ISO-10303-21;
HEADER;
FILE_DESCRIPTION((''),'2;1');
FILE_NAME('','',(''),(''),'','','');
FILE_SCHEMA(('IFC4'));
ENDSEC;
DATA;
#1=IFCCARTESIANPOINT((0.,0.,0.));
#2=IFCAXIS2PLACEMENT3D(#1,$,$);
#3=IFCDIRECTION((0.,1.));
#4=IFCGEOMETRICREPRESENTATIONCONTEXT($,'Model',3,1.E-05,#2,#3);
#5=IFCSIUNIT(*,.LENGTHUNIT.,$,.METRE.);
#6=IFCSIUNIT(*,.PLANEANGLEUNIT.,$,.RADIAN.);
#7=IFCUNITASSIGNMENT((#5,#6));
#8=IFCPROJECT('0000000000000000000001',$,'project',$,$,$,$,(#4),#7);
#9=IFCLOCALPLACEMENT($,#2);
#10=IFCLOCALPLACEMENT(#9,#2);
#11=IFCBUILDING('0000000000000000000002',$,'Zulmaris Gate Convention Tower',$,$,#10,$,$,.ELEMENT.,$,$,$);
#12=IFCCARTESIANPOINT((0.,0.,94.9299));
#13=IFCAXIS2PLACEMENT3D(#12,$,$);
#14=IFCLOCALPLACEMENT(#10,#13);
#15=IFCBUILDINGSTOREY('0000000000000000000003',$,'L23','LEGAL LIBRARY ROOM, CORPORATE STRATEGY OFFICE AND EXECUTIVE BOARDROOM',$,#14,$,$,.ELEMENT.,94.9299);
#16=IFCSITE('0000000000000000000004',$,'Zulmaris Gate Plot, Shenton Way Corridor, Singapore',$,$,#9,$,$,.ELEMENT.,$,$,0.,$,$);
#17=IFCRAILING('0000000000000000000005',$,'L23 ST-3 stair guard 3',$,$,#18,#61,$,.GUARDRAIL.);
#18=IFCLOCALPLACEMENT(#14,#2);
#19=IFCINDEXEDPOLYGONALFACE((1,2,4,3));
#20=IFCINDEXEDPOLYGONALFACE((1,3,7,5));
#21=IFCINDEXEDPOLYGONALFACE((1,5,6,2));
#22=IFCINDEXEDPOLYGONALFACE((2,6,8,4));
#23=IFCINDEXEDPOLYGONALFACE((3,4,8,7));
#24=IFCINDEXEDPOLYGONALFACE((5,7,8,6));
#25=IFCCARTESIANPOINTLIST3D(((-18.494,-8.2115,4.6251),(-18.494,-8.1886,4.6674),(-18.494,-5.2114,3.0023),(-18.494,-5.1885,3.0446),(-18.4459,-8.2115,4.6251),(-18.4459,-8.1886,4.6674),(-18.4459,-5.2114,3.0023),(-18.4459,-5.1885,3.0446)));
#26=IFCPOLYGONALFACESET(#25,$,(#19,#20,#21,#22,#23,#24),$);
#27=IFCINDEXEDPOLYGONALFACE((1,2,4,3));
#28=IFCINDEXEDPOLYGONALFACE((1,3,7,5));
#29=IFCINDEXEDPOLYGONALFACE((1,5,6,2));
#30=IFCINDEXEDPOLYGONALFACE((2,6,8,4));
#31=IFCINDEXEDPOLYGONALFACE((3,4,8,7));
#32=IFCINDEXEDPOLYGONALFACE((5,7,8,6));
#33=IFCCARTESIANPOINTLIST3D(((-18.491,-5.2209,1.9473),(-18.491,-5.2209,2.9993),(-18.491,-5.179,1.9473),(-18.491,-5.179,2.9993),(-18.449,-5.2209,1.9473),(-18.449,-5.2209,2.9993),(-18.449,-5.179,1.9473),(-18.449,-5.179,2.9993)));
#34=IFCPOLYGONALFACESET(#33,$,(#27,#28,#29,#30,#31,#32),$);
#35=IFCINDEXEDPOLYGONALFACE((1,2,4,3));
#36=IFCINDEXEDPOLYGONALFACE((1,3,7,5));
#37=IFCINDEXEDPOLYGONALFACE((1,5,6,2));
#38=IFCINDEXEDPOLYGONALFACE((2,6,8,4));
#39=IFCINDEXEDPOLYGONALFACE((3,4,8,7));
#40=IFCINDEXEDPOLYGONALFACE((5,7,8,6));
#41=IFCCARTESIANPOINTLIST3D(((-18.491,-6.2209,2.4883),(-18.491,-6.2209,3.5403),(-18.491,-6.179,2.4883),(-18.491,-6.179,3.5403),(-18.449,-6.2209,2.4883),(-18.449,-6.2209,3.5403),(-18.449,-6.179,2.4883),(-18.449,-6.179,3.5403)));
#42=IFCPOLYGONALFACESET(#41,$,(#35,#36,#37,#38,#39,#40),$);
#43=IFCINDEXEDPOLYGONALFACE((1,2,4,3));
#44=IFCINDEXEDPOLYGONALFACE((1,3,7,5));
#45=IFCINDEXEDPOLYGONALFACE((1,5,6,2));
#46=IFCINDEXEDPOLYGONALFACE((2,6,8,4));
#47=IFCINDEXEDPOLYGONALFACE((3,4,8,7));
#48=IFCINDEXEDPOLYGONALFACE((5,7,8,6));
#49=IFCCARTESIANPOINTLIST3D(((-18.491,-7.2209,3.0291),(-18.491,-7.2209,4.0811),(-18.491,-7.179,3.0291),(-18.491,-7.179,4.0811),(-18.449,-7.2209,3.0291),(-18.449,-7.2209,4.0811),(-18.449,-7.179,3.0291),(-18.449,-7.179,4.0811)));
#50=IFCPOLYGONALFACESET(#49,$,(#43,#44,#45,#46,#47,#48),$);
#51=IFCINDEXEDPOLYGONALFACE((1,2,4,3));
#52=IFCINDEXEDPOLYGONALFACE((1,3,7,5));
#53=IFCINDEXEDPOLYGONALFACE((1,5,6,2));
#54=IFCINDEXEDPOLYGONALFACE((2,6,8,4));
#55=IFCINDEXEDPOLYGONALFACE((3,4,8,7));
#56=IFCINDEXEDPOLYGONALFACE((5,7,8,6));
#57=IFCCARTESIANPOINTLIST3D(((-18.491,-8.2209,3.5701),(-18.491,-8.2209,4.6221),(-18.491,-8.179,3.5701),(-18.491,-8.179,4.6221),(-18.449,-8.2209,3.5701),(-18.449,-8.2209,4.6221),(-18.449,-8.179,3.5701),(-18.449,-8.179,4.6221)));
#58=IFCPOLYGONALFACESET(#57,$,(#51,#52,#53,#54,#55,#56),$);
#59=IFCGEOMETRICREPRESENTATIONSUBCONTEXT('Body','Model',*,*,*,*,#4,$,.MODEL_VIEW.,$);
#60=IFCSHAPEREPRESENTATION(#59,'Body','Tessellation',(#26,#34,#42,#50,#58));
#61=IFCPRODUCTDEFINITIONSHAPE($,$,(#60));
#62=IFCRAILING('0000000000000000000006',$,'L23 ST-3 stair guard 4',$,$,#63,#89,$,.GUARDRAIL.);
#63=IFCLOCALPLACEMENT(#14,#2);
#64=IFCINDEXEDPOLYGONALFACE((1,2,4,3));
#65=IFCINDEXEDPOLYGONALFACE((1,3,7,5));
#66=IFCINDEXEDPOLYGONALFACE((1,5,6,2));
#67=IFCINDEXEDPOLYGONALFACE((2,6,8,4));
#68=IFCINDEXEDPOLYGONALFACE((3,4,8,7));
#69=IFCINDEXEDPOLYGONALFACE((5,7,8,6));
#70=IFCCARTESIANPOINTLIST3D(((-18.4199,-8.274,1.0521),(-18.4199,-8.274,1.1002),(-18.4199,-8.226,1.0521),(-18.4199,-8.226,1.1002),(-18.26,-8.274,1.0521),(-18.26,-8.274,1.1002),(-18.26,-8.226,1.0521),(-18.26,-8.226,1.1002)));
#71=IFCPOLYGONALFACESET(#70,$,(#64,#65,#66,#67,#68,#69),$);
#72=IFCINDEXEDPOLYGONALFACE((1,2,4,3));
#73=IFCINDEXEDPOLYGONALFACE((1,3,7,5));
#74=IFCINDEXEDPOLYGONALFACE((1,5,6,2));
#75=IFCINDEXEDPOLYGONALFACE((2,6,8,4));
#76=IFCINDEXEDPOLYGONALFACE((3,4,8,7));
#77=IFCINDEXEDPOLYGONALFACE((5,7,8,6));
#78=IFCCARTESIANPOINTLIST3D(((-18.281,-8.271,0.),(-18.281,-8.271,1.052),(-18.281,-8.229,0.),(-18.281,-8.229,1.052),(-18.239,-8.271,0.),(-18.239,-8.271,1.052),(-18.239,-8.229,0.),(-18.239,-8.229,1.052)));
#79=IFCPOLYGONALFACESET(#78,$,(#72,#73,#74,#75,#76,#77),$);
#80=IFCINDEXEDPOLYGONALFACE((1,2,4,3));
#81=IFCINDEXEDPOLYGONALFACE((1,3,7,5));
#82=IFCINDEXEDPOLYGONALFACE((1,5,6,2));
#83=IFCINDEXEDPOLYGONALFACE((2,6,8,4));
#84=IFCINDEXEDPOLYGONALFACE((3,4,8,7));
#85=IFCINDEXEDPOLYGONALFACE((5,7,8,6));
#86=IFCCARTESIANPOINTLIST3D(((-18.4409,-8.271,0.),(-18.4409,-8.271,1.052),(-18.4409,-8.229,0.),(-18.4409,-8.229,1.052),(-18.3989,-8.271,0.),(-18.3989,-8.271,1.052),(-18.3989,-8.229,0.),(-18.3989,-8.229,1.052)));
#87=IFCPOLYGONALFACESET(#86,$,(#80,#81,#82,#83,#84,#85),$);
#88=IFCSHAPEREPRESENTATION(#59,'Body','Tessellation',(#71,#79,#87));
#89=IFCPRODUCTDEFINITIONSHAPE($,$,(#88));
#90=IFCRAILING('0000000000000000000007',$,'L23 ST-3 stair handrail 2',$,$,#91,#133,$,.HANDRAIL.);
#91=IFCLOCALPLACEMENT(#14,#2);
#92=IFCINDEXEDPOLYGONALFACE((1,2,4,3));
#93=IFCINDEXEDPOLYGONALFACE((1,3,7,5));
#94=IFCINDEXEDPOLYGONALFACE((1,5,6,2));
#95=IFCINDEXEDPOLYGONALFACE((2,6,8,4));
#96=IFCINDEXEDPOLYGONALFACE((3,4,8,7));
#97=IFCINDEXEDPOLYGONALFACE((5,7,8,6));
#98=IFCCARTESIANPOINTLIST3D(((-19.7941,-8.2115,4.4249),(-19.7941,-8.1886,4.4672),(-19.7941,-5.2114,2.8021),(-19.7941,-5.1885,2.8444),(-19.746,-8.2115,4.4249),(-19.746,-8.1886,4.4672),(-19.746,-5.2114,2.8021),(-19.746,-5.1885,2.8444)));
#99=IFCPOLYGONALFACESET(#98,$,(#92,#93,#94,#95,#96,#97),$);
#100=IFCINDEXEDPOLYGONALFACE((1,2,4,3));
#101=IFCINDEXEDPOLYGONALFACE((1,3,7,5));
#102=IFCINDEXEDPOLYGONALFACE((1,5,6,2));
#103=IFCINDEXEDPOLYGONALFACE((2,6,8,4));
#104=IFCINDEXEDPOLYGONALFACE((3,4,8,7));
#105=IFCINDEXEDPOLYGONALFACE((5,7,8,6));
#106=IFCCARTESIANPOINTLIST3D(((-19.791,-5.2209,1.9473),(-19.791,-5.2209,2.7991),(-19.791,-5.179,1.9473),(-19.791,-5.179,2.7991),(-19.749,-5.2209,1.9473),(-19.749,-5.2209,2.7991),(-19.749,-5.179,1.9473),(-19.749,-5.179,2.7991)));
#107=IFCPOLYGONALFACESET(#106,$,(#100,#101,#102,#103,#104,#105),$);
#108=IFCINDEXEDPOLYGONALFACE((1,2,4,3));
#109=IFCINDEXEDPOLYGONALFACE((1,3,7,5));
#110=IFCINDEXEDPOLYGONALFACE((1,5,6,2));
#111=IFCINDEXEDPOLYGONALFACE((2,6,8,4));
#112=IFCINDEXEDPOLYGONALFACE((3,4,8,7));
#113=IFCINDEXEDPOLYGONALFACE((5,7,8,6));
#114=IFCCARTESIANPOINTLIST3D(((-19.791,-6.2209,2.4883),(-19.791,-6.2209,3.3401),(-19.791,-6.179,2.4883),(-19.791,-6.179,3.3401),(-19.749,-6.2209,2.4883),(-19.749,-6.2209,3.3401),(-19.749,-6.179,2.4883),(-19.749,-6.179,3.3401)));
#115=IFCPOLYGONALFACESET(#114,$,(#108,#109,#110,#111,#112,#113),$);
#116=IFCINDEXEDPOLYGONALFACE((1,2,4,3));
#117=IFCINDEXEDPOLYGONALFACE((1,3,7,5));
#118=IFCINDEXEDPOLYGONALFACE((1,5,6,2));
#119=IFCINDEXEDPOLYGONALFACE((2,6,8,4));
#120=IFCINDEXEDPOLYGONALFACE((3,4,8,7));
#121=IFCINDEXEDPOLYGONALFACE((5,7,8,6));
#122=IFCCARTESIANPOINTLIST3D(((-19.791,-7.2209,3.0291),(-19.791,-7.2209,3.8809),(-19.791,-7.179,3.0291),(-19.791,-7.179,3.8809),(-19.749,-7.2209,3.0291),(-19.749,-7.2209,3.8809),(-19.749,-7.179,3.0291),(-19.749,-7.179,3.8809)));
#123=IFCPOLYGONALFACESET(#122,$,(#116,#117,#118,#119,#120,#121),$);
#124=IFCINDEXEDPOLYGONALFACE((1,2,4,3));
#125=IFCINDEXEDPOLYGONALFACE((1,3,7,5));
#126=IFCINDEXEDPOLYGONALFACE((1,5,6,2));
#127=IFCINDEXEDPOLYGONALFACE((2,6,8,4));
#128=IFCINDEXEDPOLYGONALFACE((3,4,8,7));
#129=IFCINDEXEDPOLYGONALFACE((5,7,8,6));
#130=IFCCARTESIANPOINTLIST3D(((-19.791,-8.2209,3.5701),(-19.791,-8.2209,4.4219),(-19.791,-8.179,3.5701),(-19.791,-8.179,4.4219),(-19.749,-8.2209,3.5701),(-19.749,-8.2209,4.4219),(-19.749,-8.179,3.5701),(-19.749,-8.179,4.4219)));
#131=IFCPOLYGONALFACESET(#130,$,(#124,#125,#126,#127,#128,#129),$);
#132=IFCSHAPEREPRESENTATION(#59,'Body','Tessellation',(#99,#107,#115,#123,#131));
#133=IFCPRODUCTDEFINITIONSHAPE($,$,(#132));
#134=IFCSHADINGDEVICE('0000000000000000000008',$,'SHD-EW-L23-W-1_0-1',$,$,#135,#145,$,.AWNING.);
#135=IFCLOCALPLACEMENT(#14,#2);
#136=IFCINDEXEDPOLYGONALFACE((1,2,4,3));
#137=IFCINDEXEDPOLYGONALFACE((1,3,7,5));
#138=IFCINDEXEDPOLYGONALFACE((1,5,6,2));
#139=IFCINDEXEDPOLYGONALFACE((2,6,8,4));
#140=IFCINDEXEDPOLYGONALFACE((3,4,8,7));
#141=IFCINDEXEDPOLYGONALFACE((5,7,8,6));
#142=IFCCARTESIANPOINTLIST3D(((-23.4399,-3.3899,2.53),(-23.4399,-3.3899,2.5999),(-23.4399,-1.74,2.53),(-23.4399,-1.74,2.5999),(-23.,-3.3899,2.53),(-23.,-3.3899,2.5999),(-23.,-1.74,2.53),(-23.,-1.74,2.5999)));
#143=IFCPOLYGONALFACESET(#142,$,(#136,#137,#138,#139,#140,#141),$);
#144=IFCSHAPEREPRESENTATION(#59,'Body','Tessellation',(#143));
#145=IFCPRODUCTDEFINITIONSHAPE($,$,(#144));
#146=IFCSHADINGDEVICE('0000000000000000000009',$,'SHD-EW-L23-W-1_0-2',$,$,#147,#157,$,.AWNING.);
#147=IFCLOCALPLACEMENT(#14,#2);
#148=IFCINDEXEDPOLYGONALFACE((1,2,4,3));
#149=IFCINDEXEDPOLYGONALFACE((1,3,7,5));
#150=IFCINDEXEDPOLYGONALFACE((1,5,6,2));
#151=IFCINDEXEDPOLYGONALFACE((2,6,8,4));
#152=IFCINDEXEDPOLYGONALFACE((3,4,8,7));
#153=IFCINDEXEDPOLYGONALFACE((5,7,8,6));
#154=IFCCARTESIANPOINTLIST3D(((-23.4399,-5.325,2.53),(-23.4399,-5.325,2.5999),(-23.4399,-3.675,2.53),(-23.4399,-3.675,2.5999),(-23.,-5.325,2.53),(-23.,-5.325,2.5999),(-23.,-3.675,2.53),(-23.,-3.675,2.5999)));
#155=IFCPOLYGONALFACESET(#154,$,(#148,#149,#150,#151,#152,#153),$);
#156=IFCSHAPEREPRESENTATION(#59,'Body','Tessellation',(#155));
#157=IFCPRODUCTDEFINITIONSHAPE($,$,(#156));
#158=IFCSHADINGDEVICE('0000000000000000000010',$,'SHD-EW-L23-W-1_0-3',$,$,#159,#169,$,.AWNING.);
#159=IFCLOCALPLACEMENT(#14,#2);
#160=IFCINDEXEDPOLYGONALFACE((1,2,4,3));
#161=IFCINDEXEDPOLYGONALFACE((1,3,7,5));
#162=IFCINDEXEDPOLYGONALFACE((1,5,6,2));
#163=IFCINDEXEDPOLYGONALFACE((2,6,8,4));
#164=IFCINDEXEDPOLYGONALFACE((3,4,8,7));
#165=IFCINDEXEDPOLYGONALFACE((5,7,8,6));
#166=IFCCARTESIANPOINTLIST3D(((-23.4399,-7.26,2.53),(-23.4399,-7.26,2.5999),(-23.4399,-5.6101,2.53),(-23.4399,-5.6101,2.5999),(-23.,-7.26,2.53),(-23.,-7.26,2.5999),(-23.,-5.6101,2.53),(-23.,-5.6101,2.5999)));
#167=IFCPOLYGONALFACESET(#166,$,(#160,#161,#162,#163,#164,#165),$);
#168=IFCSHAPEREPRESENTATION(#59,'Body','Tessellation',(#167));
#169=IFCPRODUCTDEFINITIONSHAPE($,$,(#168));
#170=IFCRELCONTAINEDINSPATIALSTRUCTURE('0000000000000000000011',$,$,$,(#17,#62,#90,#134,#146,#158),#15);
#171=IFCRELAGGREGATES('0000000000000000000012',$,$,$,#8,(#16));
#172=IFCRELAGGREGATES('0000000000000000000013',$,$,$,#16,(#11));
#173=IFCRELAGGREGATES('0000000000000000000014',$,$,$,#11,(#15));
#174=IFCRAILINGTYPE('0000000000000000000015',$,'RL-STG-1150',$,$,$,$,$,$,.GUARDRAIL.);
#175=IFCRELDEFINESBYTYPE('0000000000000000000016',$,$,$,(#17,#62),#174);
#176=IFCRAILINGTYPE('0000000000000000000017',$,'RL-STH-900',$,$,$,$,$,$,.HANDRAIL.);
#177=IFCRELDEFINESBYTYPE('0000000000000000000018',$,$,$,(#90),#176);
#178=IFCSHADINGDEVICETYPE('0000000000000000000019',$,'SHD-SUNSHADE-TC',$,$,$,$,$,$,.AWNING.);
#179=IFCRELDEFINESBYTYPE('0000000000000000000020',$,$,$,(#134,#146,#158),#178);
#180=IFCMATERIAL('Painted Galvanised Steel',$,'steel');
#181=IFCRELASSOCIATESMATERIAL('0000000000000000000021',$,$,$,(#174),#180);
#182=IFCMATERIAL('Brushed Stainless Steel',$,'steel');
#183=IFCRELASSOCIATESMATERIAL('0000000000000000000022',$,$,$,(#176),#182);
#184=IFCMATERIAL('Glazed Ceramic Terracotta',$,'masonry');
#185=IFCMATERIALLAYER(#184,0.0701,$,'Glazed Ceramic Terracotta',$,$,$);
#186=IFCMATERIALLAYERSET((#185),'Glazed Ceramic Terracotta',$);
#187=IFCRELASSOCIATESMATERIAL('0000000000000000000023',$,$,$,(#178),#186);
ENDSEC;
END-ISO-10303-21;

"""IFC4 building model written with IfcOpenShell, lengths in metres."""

from ifc_helpers import new_model, si_unit, direction, frame, frame_2d, origin, origin_2d, place, context, subcontext, project, spatial, rectangle, extrude, material, layer, layer_set, type_object, element, save


model = new_model("IFC4")

# Units and contexts
model_context = context("Model", 3, precision=1e-05, world=origin(), true_north=direction((0.0, 1.0)))
body_context = subcontext(model_context, "Body", "Model", "MODEL_VIEW")
ifc_project = project(units=[si_unit("LENGTHUNIT", "METRE"), si_unit("PLANEANGLEUNIT", "RADIAN")], contexts=[model_context])

# Site, building, storey
site_placement = place(None, origin())
site = spatial("IfcSite", under=ifc_project, at=site_placement, Name="Zulmaris Gate Plot, Shenton Way Corridor, Singapore", CompositionType="ELEMENT", RefElevation=0.0)
building_placement = place(site_placement, origin())
building = spatial("IfcBuilding", under=site, at=building_placement, Name="Zulmaris Gate Convention Tower", CompositionType="ELEMENT")
storey_placement = place(building_placement, frame((0.0, 0.0, 94.9299)))
storey = spatial("IfcBuildingStorey", under=building, at=storey_placement, Name="L23", Description="LEGAL LIBRARY ROOM, CORPORATE STRATEGY OFFICE AND EXECUTIVE BOARDROOM", CompositionType="ELEMENT", Elevation=94.9299)

# Railings
ifc_material_1 = material(Name="Painted Galvanised Steel", Category="steel")
railing_type_1 = type_object("IfcRailingType", Name="RL-STG-1150", PredefinedType="GUARDRAIL", material=ifc_material_1)
railing_1_placement = place(storey_placement, frame((-18.47, -5.2, 1.9473)))
element("IfcRailing", 1, at=railing_1_placement, inside=storey, type_object=railing_type_1, Name="L23 ST-3 stair guard 3", PredefinedType="GUARDRAIL", context=body_context, shape_type="SweptSolid", body=[
    extrude(rectangle(XDim=0.0481, YDim=0.0481, at=origin_2d()), frame((0.0, 0.0, 1.0762), z_axis=(0.0, -0.879562, 0.475785), x_axis=(1.0, 0.0, 0.0)), (0.0, 0.0, 1.0), 3.4109),
    extrude(rectangle(XDim=0.042, YDim=0.042, at=origin_2d()), origin(), (0.0, 0.0, 1.0), 1.052),
    extrude(rectangle(XDim=0.042, YDim=0.042, at=origin_2d()), frame((0.0, -1.0, 0.541)), (0.0, 0.0, 1.0), 1.052),
    extrude(rectangle(XDim=0.042, YDim=0.042, at=origin_2d()), frame((0.0, -2.0, 1.0818)), (0.0, 0.0, 1.0), 1.052),
    extrude(rectangle(XDim=0.042, YDim=0.042, at=origin_2d()), frame((0.0, -3.0, 1.6228)), (0.0, 0.0, 1.0), 1.052),
])
railing_2_placement = place(storey_placement, frame((-18.26, -8.25, 0.0)))
element("IfcRailing", 2, at=railing_2_placement, inside=storey, type_object=railing_type_1, Name="L23 ST-3 stair guard 4", PredefinedType="GUARDRAIL", context=body_context, shape_type="SweptSolid", body=[
    extrude(rectangle(XDim=0.0481, YDim=0.0481, at=origin_2d()), frame((0.0, 0.0, 1.0762), z_axis=(-1.0, 0.0, 0.0), x_axis=(0.0, -1.0, 0.0)), (0.0, 0.0, 1.0), 0.1599),
    extrude(rectangle(XDim=0.042, YDim=0.042, at=origin_2d()), origin(), (0.0, 0.0, 1.0), 1.052),
    extrude(rectangle(XDim=0.042, YDim=0.042, at=origin_2d()), frame((-0.1599, 0.0, 0.0)), (0.0, 0.0, 1.0), 1.052),
])
ifc_material_2 = material(Name="Brushed Stainless Steel", Category="steel")
railing_type_2 = type_object("IfcRailingType", Name="RL-STH-900", PredefinedType="HANDRAIL", material=ifc_material_2)
railing_3_placement = place(storey_placement, frame((-19.77, -5.2, 1.9473)))
element("IfcRailing", 3, at=railing_3_placement, inside=storey, type_object=railing_type_2, Name="L23 ST-3 stair handrail 2", PredefinedType="HANDRAIL", context=body_context, shape_type="SweptSolid", body=[
    extrude(rectangle(XDim=0.0481, YDim=0.0481, at=origin_2d()), frame((0.0, 0.0, 0.876), z_axis=(0.0, -0.879562, 0.475785), x_axis=(1.0, 0.0, 0.0)), (0.0, 0.0, 1.0), 3.4109),
    extrude(rectangle(XDim=0.042, YDim=0.042, at=origin_2d()), origin(), (0.0, 0.0, 1.0), 0.8518),
    extrude(rectangle(XDim=0.042, YDim=0.042, at=origin_2d()), frame((0.0, -1.0, 0.541)), (0.0, 0.0, 1.0), 0.8518),
    extrude(rectangle(XDim=0.042, YDim=0.042, at=origin_2d()), frame((0.0, -2.0, 1.0818)), (0.0, 0.0, 1.0), 0.8518),
    extrude(rectangle(XDim=0.042, YDim=0.042, at=origin_2d()), frame((0.0, -3.0, 1.6228)), (0.0, 0.0, 1.0), 0.8518),
])

# Shading devices
ifc_material_3 = material(Name="Glazed Ceramic Terracotta", Category="masonry")
ifc_layer_1 = layer(ifc_material_3, 0.0701, Name="Glazed Ceramic Terracotta")
ifc_layer_set_1 = layer_set([ifc_layer_1], Name="Glazed Ceramic Terracotta")
shading_device_type = type_object("IfcShadingDeviceType", Name="SHD-SUNSHADE-TC", PredefinedType="AWNING", material=ifc_layer_set_1)
for number, where, z_axis, x_axis, name in (
    (4, (-23.22, -1.74, 2.53), (0.0, 0.0, 1.0), (0.0, -1.0, 0.0), "SHD-EW-L23-W-1_0-1"),
    (5, (-23.22, -3.675, 2.53), (0.0, 0.0, 1.0), (0.0, -1.0, 0.0), "SHD-EW-L23-W-1_0-2"),
    (6, (-23.22, -5.6101, 2.53), (0.0, 0.0, 1.0), (0.0, -1.0, 0.0), "SHD-EW-L23-W-1_0-3"),
):
    element("IfcShadingDevice", number, at=place(storey_placement, frame(where, z_axis=z_axis, x_axis=x_axis)), inside=storey, type_object=shading_device_type, Name=name, PredefinedType="AWNING", context=body_context, shape_type="SweptSolid", body=[
        extrude(rectangle(XDim=1.6499, YDim=0.4399, at=frame_2d((0.825, 0.0))), origin(), (0.0, 0.0, 1.0), 0.0698),
    ])

save(model, "model.ifc")
